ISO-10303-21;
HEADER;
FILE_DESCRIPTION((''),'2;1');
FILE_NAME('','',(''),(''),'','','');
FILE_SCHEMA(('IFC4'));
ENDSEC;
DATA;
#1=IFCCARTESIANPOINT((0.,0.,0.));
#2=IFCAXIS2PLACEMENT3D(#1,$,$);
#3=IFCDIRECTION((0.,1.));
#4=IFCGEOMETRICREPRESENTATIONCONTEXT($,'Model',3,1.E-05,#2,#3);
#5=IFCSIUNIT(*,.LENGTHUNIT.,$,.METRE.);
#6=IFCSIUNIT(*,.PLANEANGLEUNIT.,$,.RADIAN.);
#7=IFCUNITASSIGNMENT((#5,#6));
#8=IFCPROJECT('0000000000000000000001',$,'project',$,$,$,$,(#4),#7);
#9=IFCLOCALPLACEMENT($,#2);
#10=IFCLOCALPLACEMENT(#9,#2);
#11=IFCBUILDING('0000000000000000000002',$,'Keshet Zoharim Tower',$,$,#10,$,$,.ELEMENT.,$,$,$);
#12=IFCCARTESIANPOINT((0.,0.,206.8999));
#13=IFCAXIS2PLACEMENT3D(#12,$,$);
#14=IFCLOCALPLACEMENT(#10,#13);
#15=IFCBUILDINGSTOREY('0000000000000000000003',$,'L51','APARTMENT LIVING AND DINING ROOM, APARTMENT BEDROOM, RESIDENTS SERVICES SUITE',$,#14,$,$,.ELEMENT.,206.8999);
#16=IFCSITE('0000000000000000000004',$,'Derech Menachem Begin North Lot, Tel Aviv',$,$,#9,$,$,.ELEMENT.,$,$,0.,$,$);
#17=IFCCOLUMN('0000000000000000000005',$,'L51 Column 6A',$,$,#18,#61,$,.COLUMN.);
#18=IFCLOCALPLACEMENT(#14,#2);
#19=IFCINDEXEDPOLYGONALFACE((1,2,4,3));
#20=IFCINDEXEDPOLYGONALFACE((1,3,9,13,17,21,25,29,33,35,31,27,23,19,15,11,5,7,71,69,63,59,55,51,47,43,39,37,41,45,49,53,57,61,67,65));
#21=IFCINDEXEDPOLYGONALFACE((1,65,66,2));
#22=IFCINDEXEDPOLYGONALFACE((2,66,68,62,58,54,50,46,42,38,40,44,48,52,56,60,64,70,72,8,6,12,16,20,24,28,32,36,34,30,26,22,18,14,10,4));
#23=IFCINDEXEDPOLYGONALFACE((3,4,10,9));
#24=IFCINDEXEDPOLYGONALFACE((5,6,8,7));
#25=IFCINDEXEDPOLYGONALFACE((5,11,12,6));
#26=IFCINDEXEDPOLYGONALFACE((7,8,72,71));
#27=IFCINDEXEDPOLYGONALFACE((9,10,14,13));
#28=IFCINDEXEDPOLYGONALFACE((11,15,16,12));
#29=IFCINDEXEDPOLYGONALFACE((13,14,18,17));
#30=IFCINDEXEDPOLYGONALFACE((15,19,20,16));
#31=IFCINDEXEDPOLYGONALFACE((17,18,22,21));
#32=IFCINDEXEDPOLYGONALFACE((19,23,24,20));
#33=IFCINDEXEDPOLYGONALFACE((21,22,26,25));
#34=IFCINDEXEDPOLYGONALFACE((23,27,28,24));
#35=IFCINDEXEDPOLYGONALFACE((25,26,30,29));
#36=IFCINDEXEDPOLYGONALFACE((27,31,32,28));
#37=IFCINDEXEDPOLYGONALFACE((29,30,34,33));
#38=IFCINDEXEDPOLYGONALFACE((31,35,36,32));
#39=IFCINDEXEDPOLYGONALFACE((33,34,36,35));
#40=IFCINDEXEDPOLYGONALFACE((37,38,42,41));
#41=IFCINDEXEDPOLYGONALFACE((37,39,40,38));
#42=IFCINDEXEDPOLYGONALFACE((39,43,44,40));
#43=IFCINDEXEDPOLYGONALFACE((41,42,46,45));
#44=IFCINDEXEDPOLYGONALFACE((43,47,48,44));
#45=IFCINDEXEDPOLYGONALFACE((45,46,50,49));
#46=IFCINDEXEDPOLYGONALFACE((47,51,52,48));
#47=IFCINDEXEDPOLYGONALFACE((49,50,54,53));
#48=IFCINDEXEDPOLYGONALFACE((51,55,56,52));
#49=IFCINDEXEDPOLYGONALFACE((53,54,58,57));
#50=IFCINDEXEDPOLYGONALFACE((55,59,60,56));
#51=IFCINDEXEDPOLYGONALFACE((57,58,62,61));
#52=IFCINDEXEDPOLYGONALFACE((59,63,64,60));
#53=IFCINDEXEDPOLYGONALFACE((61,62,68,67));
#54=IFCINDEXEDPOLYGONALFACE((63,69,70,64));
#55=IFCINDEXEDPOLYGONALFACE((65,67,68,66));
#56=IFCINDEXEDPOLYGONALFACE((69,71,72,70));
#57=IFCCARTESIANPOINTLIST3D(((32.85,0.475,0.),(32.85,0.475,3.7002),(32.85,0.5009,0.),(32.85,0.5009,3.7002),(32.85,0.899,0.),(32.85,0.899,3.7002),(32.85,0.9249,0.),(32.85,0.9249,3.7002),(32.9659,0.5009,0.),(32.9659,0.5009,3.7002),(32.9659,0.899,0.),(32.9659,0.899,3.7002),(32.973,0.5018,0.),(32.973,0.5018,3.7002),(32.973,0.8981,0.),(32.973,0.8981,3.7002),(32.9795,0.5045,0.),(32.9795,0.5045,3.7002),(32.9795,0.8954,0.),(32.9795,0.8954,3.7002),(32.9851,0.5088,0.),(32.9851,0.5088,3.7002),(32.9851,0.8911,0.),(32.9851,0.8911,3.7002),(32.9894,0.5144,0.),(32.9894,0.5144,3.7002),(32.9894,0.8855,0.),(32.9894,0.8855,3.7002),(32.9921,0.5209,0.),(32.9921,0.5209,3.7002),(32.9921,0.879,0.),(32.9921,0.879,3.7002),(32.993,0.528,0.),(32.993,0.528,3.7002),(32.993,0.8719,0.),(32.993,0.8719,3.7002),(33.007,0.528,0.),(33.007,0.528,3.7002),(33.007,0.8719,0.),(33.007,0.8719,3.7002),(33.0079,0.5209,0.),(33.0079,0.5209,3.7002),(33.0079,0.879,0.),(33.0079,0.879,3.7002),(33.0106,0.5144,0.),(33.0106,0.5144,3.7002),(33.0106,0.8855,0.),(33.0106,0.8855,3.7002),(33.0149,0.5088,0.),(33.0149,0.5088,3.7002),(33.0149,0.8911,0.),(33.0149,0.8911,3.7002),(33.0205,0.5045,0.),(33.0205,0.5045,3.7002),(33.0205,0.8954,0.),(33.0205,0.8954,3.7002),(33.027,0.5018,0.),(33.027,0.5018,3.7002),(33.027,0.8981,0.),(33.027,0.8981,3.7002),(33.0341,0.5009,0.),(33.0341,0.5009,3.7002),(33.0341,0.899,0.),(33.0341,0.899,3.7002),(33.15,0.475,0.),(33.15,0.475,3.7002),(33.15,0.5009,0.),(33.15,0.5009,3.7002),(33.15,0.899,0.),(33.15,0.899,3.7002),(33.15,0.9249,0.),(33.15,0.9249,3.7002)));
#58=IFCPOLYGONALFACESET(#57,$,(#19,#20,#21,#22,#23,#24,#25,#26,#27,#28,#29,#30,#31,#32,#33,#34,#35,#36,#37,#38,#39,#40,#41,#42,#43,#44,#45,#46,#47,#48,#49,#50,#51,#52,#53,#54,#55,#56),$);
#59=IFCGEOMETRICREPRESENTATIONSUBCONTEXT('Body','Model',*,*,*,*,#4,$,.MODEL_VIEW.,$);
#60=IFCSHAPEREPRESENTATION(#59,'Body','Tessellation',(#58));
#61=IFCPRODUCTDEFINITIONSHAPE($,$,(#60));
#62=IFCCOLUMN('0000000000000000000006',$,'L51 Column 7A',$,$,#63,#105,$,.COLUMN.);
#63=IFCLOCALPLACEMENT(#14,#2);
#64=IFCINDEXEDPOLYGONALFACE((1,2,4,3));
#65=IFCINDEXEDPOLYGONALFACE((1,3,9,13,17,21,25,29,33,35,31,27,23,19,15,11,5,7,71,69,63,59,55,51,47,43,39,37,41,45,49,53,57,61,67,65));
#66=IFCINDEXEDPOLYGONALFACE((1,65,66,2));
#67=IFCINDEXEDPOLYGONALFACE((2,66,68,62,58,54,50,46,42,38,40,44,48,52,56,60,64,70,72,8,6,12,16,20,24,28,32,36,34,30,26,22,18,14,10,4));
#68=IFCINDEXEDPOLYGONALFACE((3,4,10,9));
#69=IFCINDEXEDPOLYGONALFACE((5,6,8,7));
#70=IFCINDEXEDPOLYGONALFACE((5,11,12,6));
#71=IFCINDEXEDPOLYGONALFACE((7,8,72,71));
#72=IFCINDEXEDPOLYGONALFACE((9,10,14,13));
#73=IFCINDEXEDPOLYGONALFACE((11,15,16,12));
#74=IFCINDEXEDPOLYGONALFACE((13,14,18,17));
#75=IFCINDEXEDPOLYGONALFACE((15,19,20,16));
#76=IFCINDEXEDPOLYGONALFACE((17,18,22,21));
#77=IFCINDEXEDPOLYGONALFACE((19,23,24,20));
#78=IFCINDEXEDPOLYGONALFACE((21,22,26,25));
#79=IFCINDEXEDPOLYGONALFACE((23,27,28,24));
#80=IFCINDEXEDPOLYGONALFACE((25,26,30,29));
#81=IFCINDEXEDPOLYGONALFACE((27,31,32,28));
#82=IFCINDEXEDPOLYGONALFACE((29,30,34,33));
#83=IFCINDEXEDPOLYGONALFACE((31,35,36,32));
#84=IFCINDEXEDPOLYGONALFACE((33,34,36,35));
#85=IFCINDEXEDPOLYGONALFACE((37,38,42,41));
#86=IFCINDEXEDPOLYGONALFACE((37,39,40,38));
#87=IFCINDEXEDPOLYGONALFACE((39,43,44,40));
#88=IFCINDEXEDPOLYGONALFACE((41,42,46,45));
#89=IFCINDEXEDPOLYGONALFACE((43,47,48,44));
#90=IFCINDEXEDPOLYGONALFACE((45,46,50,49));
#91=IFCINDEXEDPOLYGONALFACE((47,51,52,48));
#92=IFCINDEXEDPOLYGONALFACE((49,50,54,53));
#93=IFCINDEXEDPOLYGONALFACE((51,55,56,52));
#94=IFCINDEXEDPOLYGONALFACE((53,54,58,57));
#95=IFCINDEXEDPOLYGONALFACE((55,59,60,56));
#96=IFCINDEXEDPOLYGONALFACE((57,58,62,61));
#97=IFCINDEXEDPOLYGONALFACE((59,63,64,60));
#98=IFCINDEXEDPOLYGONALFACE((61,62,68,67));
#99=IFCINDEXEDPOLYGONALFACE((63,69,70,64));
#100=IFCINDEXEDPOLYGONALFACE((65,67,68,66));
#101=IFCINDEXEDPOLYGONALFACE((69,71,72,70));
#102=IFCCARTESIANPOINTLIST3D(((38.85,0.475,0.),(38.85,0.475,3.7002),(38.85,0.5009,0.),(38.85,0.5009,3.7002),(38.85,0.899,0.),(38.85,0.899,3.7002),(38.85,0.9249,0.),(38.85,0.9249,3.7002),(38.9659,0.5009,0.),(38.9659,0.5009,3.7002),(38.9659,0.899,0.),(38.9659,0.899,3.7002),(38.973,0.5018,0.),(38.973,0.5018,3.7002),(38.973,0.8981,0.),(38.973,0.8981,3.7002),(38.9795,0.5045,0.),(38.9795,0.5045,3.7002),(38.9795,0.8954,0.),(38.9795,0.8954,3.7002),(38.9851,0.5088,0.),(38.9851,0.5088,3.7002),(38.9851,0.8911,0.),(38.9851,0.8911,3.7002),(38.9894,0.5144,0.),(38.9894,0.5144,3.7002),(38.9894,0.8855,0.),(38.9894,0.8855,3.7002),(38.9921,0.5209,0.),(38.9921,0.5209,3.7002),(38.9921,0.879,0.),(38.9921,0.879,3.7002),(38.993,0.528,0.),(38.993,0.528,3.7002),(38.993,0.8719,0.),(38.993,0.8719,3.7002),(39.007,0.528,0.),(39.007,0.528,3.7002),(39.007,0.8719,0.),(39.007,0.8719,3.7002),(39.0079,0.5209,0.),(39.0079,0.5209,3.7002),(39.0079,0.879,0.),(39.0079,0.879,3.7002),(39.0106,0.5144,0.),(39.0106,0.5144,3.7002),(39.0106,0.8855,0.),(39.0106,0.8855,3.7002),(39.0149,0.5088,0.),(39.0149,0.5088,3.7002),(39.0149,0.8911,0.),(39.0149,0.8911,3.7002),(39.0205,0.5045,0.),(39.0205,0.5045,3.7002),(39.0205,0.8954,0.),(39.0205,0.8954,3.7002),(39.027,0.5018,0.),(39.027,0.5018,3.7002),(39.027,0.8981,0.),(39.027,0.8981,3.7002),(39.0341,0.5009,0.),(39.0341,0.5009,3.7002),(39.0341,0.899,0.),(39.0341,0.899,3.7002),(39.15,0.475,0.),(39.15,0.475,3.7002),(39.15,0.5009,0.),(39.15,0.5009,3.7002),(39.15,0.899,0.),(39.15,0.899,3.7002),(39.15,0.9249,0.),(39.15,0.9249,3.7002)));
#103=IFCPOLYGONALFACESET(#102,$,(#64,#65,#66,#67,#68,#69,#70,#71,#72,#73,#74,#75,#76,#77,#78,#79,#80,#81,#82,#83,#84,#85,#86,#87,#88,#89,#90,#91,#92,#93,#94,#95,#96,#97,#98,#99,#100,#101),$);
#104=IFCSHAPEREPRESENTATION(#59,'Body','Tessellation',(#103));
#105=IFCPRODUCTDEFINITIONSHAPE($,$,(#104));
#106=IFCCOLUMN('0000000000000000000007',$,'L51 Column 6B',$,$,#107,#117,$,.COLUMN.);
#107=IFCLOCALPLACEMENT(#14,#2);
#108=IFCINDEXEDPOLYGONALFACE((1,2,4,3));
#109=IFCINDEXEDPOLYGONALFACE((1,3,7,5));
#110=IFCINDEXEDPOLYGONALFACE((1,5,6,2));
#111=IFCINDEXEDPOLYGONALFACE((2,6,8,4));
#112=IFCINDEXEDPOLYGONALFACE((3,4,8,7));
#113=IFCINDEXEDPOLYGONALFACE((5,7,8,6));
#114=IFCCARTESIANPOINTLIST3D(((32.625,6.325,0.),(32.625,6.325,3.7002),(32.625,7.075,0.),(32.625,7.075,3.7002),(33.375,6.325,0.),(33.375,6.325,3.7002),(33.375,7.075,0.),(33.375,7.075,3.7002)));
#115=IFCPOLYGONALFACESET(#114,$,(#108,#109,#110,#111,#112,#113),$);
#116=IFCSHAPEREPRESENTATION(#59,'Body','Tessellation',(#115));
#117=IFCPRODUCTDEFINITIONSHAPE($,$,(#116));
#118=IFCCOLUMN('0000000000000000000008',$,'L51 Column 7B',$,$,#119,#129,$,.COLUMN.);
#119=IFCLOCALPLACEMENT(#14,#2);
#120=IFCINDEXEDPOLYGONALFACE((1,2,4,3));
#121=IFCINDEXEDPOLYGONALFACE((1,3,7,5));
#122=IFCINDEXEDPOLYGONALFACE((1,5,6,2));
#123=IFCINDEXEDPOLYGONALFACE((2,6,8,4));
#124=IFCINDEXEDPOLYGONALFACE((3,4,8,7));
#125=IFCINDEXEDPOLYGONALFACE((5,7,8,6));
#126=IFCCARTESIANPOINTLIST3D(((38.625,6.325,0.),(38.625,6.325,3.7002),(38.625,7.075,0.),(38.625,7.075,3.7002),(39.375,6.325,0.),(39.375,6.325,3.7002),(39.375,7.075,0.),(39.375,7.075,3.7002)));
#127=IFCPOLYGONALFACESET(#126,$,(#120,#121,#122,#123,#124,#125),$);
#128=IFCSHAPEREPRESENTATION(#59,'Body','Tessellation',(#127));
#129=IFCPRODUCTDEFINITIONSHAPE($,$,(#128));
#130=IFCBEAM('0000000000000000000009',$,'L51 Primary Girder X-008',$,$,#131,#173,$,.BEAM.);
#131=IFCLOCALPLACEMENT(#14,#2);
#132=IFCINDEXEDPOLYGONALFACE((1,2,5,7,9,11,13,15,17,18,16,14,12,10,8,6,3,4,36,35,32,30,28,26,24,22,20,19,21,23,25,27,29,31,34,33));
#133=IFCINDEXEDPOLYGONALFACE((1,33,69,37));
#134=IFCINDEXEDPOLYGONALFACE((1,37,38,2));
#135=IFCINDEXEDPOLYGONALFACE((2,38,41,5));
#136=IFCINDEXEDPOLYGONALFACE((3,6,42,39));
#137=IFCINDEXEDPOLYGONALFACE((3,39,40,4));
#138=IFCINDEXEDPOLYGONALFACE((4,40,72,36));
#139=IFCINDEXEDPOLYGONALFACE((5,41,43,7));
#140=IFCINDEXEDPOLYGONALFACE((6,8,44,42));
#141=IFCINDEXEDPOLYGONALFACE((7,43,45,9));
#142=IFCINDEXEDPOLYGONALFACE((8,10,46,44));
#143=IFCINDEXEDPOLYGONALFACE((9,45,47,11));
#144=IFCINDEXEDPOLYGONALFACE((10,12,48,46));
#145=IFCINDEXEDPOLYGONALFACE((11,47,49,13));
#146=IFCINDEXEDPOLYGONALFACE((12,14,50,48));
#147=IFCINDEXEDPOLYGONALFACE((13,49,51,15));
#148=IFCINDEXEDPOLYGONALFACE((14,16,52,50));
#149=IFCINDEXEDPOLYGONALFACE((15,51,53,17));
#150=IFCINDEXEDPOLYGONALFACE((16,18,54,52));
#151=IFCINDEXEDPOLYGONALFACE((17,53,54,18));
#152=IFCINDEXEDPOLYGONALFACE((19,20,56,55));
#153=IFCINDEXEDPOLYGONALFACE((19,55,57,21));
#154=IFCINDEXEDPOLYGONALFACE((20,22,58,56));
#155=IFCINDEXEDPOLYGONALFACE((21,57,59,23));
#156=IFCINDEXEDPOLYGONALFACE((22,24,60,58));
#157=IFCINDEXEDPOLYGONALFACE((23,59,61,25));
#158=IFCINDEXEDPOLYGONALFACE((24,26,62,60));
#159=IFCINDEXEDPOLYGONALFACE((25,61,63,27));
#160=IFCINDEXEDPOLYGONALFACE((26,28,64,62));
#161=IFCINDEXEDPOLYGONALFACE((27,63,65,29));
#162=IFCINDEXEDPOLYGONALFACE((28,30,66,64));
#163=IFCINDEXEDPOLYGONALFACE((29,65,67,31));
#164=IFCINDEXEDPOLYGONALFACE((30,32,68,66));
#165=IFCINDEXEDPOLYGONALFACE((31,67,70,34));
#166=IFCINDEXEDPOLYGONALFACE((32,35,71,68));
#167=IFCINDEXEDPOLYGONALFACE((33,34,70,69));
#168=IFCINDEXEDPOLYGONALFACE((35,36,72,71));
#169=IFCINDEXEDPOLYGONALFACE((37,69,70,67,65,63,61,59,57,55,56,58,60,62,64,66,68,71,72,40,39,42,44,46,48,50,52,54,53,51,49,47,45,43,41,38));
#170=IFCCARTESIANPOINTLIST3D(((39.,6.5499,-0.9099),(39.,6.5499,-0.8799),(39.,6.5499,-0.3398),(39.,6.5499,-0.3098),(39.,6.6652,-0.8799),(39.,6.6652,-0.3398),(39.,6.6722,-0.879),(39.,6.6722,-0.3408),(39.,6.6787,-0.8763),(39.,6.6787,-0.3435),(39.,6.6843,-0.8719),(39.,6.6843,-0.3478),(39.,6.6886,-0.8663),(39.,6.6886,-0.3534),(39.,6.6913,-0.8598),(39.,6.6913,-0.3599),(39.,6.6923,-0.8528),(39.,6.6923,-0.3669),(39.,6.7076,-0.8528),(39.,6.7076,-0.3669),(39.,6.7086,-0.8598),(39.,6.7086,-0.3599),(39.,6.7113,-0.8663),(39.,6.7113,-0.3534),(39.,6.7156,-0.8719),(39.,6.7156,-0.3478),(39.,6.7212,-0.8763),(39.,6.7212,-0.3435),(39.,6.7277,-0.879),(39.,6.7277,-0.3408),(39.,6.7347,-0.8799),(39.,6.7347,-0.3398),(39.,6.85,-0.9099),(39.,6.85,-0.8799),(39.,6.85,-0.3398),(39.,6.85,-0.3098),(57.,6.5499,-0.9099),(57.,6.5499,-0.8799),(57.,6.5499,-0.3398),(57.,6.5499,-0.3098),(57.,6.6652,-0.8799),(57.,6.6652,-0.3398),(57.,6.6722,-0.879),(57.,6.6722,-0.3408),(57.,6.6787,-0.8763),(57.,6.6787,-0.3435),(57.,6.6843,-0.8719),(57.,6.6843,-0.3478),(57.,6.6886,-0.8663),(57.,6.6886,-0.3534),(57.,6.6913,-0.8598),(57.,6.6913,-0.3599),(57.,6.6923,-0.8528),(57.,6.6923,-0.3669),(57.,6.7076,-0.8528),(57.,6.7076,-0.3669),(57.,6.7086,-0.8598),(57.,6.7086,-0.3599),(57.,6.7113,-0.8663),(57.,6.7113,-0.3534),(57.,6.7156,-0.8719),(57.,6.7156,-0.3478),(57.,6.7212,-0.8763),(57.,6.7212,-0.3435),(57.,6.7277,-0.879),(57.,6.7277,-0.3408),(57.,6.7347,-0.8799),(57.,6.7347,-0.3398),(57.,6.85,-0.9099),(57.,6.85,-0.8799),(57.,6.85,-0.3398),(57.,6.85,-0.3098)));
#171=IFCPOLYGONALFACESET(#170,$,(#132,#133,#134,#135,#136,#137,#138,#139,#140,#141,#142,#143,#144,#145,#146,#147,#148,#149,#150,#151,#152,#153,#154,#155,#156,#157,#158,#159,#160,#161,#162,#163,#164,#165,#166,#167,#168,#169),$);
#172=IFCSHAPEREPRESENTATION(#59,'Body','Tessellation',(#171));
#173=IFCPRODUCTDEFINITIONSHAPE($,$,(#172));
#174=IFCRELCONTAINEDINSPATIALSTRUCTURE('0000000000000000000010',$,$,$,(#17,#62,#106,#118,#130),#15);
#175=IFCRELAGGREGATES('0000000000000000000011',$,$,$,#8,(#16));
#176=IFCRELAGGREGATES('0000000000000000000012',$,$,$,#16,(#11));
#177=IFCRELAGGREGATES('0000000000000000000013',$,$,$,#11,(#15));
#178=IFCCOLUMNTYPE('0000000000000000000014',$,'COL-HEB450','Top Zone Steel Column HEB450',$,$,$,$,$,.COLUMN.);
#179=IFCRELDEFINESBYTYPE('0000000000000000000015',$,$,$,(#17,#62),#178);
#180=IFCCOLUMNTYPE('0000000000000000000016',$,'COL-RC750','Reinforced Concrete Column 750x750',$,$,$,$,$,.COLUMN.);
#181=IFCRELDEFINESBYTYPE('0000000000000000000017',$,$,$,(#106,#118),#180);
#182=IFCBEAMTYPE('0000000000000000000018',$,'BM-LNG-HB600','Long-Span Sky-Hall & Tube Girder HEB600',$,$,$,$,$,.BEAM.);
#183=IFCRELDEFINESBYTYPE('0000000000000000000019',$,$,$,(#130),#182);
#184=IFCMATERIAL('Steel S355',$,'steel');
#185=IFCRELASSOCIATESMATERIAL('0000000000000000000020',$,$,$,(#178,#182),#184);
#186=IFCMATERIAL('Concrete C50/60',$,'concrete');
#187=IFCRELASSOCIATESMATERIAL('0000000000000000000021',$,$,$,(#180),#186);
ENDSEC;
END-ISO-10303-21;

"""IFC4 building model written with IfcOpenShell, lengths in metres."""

from ifc_helpers import new_model, si_unit, direction, frame, origin, origin_2d, place, context, subcontext, project, spatial, rectangle, i_section, extrude, material, material_profile, profile_set, type_object, element, save


model = new_model("IFC4")

# Units and contexts
model_context = context("Model", 3, precision=1e-05, world=origin(), true_north=direction((0.0, 1.0)))
body_context = subcontext(model_context, "Body", "Model", "MODEL_VIEW")
ifc_project = project(units=[si_unit("LENGTHUNIT", "METRE"), si_unit("PLANEANGLEUNIT", "RADIAN")], contexts=[model_context])

# Site, building, storey
site_placement = place(None, origin())
site = spatial("IfcSite", under=ifc_project, at=site_placement, Name="Derech Menachem Begin North Lot, Tel Aviv", CompositionType="ELEMENT", RefElevation=0.0)
building_placement = place(site_placement, origin())
building = spatial("IfcBuilding", under=site, at=building_placement, Name="Keshet Zoharim Tower", CompositionType="ELEMENT")
storey_placement = place(building_placement, frame((0.0, 0.0, 206.8999)))
storey = spatial("IfcBuildingStorey", under=building, at=storey_placement, Name="L51", Description="APARTMENT LIVING AND DINING ROOM, APARTMENT BEDROOM, RESIDENTS SERVICES SUITE", CompositionType="ELEMENT", Elevation=206.8999)

# Columns
ifc_material_1 = material(Name="Steel S355", Category="steel")
ifc_material_profile_1 = material_profile(ifc_material_1, i_section(OverallWidth=0.3, OverallDepth=0.45, WebThickness=0.0139, FlangeThickness=0.0259, FilletRadius=0.0271, at=origin_2d()), Name="HEB450")
ifc_profile_set_1 = profile_set([ifc_material_profile_1], Name="Steel S355")
column_type_1 = type_object("IfcColumnType", Name="COL-HEB450", Description="Top Zone Steel Column HEB450", PredefinedType="COLUMN", material=ifc_profile_set_1)
for number, where, z_axis, x_axis, name in (
    (1, (33.0, 0.7, 0.0), (0.0, 0.0, 1.0), (1.0, 0.0, 0.0), "L51 Column 6A"),
    (2, (39.0, 0.7, 0.0), (0.0, 0.0, 1.0), (1.0, 0.0, 0.0), "L51 Column 7A"),
):
    element("IfcColumn", number, at=place(storey_placement, frame(where, z_axis=z_axis, x_axis=x_axis)), inside=storey, type_object=column_type_1, Name=name, PredefinedType="COLUMN", context=body_context, shape_type="SweptSolid", body=[
        extrude(i_section(OverallWidth=0.3, OverallDepth=0.45, WebThickness=0.0139, FlangeThickness=0.0259, FilletRadius=0.0271, at=origin_2d()), origin(), (0.0, 0.0, 1.0), 3.7002),
    ])
ifc_material_2 = material(Name="Concrete C50/60", Category="concrete")
ifc_material_profile_2 = material_profile(ifc_material_2, rectangle(XDim=0.75, YDim=0.75, at=origin_2d()), Name="RC750x750")
ifc_profile_set_2 = profile_set([ifc_material_profile_2], Name="Concrete C50/60")
column_type_2 = type_object("IfcColumnType", Name="COL-RC750", Description="Reinforced Concrete Column 750x750", PredefinedType="COLUMN", material=ifc_profile_set_2)
for number, where, z_axis, x_axis, name in (
    (3, (33.0, 6.7, 0.0), (0.0, 0.0, 1.0), (1.0, 0.0, 0.0), "L51 Column 6B"),
    (4, (39.0, 6.7, 0.0), (0.0, 0.0, 1.0), (1.0, 0.0, 0.0), "L51 Column 7B"),
):
    element("IfcColumn", number, at=place(storey_placement, frame(where, z_axis=z_axis, x_axis=x_axis)), inside=storey, type_object=column_type_2, Name=name, PredefinedType="COLUMN", context=body_context, shape_type="SweptSolid", body=[
        extrude(rectangle(XDim=0.75, YDim=0.75, at=origin_2d()), origin(), (0.0, 0.0, 1.0), 3.7002),
    ])

# Beam
ifc_material_profile_3 = material_profile(ifc_material_1, i_section(OverallWidth=0.3, OverallDepth=0.6001, WebThickness=0.0154, FlangeThickness=0.03, FilletRadius=0.0271, at=origin_2d()), Name="HEB600")
ifc_profile_set_3 = profile_set([ifc_material_profile_3], Name="Steel S355")
beam_type_1 = type_object("IfcBeamType", Name="BM-LNG-HB600", Description="Long-Span Sky-Hall & Tube Girder HEB600", PredefinedType="BEAM", material=ifc_profile_set_3)
beam_placement = place(storey_placement, frame((39.0, 6.7, -0.6099), z_axis=(1.0, 0.0, 0.0), x_axis=(0.0, 1.0, 0.0)))
element("IfcBeam", 5, at=beam_placement, inside=storey, type_object=beam_type_1, Name="L51 Primary Girder X-008", PredefinedType="BEAM", context=body_context, shape_type="SweptSolid", body=[
    extrude(i_section(OverallWidth=0.3, OverallDepth=0.6001, WebThickness=0.0154, FlangeThickness=0.03, FilletRadius=0.0271, at=origin_2d()), origin(), (0.0, 0.0, 1.0), 18.0),
])

save(model, "model.ifc")
